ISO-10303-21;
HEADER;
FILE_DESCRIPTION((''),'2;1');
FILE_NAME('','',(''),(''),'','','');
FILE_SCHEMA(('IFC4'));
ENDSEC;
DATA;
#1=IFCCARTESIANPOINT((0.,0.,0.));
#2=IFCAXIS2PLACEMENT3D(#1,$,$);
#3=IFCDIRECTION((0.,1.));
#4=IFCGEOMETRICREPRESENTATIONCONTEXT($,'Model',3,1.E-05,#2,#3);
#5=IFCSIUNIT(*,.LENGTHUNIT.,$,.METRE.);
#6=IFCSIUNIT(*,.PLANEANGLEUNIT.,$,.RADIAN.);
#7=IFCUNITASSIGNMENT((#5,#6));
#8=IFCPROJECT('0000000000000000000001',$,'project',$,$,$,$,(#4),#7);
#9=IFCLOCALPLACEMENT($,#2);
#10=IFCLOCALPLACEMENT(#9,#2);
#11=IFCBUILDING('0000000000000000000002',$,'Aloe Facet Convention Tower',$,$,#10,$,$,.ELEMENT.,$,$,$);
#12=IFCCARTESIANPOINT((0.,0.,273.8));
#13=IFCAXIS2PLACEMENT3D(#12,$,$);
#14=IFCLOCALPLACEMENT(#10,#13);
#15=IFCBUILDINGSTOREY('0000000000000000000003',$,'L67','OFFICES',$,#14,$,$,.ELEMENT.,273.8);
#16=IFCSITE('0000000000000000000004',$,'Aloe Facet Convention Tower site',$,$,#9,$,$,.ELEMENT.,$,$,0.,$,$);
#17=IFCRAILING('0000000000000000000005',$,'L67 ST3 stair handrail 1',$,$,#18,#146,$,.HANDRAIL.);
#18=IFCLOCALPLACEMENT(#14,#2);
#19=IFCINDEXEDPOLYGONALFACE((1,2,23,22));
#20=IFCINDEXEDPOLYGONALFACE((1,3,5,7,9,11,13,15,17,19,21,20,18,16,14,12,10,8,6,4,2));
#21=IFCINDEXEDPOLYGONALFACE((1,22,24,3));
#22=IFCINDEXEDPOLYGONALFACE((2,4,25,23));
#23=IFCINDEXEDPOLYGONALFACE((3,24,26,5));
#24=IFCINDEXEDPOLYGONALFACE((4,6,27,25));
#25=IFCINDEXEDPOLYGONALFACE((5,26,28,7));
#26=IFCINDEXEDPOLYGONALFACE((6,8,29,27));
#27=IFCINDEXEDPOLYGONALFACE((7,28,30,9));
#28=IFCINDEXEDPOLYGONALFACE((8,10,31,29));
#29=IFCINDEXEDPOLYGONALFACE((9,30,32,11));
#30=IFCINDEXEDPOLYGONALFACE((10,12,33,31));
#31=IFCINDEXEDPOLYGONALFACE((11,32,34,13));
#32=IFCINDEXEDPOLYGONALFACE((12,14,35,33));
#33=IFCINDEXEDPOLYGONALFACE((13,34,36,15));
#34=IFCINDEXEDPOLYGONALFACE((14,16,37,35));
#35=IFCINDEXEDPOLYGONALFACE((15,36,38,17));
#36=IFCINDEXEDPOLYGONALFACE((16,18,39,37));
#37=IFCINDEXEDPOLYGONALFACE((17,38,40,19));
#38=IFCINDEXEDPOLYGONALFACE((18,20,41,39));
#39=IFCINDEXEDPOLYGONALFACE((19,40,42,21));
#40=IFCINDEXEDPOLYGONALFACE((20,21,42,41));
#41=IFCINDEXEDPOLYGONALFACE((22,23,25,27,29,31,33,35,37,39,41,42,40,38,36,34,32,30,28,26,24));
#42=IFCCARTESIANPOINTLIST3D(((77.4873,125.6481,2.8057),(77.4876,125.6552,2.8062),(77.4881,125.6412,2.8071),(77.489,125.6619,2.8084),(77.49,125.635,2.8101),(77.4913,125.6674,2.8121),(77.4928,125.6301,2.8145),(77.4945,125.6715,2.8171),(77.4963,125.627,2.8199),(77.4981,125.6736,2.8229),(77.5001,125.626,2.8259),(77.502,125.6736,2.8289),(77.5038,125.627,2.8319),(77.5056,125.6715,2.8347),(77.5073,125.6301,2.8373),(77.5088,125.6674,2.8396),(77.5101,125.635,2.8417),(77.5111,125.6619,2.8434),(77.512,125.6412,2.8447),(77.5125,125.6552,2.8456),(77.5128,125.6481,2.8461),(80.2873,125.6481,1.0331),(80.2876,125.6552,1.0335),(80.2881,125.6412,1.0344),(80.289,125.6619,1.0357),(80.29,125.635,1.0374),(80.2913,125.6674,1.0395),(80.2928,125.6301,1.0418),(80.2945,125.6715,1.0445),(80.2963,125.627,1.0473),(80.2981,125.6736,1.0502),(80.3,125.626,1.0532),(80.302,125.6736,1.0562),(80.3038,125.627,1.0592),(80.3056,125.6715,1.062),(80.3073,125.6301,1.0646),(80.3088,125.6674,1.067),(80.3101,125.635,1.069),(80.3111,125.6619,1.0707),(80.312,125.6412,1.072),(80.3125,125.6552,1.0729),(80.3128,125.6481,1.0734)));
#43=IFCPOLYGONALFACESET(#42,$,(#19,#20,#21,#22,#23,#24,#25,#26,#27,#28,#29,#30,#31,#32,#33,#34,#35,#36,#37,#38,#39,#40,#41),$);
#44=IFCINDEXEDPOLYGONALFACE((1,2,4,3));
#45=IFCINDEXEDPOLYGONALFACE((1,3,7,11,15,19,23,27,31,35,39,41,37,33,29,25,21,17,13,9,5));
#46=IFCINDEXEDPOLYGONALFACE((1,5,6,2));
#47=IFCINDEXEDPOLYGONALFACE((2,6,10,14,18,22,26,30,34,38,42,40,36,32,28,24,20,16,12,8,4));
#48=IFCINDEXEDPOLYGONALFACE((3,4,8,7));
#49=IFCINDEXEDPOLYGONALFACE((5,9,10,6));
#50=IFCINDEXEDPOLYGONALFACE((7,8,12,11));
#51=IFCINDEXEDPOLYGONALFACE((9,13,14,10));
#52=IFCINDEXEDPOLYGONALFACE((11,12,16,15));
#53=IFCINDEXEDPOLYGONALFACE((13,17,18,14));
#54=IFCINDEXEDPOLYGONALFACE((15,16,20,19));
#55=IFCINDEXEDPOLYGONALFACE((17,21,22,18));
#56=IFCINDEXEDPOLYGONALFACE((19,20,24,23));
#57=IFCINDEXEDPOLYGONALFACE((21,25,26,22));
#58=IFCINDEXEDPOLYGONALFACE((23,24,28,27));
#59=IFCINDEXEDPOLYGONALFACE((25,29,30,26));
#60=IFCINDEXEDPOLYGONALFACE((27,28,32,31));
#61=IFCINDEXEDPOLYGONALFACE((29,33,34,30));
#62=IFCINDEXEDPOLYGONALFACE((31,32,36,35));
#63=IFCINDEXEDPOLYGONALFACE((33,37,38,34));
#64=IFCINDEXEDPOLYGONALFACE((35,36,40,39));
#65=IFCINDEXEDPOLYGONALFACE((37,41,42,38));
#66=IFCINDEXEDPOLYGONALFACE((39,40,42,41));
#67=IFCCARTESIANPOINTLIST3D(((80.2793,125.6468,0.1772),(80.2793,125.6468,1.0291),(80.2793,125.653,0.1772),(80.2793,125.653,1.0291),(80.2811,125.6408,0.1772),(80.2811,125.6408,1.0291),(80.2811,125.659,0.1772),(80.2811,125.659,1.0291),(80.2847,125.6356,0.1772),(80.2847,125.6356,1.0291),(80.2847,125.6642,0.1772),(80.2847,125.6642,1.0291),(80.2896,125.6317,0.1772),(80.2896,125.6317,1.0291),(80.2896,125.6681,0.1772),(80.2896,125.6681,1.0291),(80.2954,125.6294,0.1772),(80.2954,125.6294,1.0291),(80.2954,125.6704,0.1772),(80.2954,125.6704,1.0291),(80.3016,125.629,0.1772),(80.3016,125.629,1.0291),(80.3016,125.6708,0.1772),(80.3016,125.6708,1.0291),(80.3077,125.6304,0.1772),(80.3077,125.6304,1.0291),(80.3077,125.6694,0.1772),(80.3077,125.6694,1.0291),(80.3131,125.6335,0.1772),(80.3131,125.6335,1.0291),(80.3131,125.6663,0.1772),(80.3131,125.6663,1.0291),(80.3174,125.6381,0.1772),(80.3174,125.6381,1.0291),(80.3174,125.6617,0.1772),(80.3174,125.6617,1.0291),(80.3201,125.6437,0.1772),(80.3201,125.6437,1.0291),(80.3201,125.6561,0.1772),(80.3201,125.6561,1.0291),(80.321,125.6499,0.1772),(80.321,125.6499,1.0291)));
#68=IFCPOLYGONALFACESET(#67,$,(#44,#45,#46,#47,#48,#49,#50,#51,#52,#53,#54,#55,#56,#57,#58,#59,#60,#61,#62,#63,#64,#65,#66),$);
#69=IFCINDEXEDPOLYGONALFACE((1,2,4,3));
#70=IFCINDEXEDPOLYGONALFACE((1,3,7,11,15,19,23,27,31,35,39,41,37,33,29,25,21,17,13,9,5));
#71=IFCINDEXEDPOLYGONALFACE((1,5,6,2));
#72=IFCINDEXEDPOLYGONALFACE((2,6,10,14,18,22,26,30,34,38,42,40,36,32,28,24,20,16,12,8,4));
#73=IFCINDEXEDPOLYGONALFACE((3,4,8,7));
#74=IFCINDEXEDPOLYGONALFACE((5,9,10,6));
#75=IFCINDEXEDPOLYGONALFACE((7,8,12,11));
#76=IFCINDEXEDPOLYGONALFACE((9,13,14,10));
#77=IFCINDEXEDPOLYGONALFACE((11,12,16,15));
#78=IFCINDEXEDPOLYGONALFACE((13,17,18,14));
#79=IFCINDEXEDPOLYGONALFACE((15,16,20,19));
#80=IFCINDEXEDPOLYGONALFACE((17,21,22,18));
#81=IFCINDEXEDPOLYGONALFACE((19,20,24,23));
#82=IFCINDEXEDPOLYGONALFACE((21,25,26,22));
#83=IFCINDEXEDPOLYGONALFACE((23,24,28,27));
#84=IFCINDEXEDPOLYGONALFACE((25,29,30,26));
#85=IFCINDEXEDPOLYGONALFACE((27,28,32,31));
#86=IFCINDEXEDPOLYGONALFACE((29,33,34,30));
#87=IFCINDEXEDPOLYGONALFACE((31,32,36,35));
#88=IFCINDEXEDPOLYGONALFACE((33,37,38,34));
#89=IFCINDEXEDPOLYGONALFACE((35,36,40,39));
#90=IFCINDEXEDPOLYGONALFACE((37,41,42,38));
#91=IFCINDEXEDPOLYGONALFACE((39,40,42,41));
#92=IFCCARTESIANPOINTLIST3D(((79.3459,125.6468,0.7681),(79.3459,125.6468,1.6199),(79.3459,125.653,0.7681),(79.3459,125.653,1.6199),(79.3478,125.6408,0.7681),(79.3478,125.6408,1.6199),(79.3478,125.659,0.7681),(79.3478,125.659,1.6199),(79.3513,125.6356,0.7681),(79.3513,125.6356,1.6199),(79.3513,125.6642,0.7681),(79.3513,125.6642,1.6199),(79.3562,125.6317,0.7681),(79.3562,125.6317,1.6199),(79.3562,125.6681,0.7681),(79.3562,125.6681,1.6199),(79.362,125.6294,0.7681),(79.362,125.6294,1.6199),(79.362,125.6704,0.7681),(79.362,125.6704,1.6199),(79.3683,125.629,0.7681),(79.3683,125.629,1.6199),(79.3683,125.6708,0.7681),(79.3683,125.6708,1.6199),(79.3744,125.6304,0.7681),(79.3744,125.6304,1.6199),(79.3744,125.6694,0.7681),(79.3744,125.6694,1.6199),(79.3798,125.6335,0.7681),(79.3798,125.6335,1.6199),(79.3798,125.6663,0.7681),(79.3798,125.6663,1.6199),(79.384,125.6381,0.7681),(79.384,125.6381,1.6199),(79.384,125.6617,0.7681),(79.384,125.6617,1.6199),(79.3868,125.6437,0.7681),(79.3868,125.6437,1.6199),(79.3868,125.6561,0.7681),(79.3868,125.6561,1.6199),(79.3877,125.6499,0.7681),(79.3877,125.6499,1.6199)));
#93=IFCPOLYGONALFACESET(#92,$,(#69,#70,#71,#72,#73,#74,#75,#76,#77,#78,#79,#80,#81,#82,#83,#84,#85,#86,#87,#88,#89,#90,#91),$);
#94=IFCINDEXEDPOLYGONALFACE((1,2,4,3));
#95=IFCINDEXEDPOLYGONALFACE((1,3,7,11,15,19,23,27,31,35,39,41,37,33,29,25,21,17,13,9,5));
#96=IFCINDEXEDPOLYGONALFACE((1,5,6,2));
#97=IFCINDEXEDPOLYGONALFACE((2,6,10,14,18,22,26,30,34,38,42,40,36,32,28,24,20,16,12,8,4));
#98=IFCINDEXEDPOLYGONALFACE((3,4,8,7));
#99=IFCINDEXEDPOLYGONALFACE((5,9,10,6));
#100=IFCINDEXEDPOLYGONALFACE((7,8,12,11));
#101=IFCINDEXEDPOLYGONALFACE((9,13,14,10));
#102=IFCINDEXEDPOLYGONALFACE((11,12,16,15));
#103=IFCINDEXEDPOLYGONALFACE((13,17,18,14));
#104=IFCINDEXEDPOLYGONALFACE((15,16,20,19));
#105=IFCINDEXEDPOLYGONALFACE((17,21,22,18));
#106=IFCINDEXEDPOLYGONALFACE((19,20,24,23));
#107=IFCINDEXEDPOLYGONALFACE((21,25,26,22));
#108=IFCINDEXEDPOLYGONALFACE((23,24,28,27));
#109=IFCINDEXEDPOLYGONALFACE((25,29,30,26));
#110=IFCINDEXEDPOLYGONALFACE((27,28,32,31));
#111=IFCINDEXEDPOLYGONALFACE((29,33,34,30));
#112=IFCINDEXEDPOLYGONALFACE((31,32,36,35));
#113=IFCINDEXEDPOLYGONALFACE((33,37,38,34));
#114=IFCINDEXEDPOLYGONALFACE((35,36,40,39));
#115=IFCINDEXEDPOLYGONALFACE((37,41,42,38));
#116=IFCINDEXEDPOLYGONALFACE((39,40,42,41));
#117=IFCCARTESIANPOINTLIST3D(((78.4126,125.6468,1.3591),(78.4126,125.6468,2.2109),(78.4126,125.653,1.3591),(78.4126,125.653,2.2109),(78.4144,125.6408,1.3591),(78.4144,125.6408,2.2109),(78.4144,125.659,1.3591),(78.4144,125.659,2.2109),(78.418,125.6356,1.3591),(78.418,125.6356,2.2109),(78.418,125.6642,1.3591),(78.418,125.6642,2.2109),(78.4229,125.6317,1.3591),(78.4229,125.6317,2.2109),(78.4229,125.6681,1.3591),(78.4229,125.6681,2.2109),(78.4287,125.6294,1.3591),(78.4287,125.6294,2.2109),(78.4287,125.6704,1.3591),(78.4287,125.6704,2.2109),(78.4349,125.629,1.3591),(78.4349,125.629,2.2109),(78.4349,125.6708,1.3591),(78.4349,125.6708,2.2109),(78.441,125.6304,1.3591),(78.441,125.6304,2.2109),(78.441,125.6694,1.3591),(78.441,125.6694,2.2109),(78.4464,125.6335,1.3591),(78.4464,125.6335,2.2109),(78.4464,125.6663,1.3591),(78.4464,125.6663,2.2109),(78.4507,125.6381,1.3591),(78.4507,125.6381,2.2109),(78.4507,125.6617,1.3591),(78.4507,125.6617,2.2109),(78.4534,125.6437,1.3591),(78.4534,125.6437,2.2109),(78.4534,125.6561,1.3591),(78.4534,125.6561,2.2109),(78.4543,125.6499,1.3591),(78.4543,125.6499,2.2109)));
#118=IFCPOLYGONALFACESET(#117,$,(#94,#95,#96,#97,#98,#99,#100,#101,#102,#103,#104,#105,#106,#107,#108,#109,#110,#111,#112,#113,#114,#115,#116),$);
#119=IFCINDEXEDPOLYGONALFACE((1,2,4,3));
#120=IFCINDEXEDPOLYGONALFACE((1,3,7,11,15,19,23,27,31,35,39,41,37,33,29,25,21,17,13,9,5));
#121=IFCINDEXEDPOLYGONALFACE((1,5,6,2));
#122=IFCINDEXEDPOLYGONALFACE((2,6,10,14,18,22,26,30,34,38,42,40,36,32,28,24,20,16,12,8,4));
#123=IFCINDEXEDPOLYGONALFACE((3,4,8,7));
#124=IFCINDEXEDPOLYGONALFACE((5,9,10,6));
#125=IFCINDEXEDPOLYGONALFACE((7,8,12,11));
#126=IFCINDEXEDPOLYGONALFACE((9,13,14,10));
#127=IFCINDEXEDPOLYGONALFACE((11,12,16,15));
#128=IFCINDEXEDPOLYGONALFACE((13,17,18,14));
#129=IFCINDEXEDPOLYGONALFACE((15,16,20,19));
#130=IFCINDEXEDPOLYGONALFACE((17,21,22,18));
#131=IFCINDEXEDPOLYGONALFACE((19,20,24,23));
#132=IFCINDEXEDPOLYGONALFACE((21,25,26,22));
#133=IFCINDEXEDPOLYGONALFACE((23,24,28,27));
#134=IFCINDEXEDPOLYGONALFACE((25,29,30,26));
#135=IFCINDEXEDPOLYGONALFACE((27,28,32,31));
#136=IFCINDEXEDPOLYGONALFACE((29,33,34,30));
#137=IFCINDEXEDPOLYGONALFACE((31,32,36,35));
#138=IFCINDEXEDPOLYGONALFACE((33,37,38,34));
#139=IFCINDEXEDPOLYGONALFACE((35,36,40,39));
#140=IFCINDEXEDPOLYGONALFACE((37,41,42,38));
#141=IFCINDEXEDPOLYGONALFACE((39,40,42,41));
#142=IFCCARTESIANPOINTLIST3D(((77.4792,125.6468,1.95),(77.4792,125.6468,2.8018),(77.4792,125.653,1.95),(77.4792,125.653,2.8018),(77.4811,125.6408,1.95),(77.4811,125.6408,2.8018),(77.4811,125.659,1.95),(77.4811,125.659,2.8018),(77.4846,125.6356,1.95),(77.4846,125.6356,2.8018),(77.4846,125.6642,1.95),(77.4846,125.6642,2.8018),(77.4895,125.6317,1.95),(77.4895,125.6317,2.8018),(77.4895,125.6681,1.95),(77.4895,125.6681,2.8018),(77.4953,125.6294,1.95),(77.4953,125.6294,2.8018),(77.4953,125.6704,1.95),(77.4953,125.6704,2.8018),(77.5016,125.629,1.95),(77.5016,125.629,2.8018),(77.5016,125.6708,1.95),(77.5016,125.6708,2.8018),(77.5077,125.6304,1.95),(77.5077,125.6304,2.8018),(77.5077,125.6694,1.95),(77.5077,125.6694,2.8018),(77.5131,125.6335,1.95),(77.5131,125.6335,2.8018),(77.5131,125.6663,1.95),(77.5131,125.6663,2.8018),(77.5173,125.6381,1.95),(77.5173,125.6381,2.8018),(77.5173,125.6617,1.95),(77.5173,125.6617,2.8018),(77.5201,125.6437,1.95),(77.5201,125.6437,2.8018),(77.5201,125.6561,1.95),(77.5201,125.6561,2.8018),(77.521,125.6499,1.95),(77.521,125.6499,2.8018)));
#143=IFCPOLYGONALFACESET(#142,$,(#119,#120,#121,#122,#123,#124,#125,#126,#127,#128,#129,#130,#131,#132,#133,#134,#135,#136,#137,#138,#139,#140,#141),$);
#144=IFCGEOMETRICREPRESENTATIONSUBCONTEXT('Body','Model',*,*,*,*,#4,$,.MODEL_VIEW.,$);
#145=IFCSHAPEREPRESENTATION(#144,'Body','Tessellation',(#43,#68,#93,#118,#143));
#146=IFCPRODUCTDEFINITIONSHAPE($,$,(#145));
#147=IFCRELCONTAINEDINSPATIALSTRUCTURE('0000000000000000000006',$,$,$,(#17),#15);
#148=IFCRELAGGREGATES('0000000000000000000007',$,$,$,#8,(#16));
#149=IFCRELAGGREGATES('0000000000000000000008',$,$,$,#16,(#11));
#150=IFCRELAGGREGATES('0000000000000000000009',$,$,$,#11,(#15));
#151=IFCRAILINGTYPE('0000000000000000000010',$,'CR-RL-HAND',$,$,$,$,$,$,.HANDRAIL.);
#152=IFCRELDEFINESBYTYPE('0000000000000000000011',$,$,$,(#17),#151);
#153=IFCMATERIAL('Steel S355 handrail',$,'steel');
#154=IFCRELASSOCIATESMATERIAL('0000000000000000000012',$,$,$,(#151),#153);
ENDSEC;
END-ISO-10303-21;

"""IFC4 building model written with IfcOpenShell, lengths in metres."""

from ifc_helpers import new_model, si_unit, direction, frame, origin, origin_2d, place, context, subcontext, project, spatial, circle, extrude, material, type_object, element, save


model = new_model("IFC4")

# Units and contexts
model_context = context("Model", 3, precision=1e-05, world=origin(), true_north=direction((0.0, 1.0)))
body_context = subcontext(model_context, "Body", "Model", "MODEL_VIEW")
ifc_project = project(units=[si_unit("LENGTHUNIT", "METRE"), si_unit("PLANEANGLEUNIT", "RADIAN")], contexts=[model_context])

# Site, building, storey
site_placement = place(None, origin())
site = spatial("IfcSite", under=ifc_project, at=site_placement, Name="Aloe Facet Convention Tower site", CompositionType="ELEMENT", RefElevation=0.0)
building_placement = place(site_placement, origin())
building = spatial("IfcBuilding", under=site, at=building_placement, Name="Aloe Facet Convention Tower", CompositionType="ELEMENT")
storey_placement = place(building_placement, frame((0.0, 0.0, 273.8)))
storey = spatial("IfcBuildingStorey", under=building, at=storey_placement, Name="L67", Description="OFFICES", CompositionType="ELEMENT", Elevation=273.8)

# Railing
ifc_material_1 = material(Name="Steel S355 handrail", Category="steel")
railing_type_1 = type_object("IfcRailingType", Name="CR-RL-HAND", PredefinedType="HANDRAIL", material=ifc_material_1)
railing_1_placement = place(storey_placement, frame((80.3, 125.6499, 0.1772)))
element("IfcRailing", 1, at=railing_1_placement, inside=storey, type_object=railing_type_1, Name="L67 ST3 stair handrail 1", PredefinedType="HANDRAIL", context=body_context, shape_type="SweptSolid", body=[
    extrude(circle(Radius=0.0239, at=origin_2d()), frame((0.0, 0.0, 0.876), z_axis=(-0.844909, 0.0, 0.53491), x_axis=(0.0, -1.0, 0.0)), (0.0, 0.0, 1.0), 3.314),
    extrude(circle(Radius=0.021, at=origin_2d()), origin(), (0.0, 0.0, 1.0), 0.8518),
    extrude(circle(Radius=0.021, at=origin_2d()), frame((-0.9333, 0.0, 0.5908)), (0.0, 0.0, 1.0), 0.8518),
    extrude(circle(Radius=0.021, at=origin_2d()), frame((-1.8667, 0.0, 1.1819)), (0.0, 0.0, 1.0), 0.8518),
    extrude(circle(Radius=0.021, at=origin_2d()), frame((-2.8, 0.0, 1.7727)), (0.0, 0.0, 1.0), 0.8518),
])

save(model, "model.ifc")
